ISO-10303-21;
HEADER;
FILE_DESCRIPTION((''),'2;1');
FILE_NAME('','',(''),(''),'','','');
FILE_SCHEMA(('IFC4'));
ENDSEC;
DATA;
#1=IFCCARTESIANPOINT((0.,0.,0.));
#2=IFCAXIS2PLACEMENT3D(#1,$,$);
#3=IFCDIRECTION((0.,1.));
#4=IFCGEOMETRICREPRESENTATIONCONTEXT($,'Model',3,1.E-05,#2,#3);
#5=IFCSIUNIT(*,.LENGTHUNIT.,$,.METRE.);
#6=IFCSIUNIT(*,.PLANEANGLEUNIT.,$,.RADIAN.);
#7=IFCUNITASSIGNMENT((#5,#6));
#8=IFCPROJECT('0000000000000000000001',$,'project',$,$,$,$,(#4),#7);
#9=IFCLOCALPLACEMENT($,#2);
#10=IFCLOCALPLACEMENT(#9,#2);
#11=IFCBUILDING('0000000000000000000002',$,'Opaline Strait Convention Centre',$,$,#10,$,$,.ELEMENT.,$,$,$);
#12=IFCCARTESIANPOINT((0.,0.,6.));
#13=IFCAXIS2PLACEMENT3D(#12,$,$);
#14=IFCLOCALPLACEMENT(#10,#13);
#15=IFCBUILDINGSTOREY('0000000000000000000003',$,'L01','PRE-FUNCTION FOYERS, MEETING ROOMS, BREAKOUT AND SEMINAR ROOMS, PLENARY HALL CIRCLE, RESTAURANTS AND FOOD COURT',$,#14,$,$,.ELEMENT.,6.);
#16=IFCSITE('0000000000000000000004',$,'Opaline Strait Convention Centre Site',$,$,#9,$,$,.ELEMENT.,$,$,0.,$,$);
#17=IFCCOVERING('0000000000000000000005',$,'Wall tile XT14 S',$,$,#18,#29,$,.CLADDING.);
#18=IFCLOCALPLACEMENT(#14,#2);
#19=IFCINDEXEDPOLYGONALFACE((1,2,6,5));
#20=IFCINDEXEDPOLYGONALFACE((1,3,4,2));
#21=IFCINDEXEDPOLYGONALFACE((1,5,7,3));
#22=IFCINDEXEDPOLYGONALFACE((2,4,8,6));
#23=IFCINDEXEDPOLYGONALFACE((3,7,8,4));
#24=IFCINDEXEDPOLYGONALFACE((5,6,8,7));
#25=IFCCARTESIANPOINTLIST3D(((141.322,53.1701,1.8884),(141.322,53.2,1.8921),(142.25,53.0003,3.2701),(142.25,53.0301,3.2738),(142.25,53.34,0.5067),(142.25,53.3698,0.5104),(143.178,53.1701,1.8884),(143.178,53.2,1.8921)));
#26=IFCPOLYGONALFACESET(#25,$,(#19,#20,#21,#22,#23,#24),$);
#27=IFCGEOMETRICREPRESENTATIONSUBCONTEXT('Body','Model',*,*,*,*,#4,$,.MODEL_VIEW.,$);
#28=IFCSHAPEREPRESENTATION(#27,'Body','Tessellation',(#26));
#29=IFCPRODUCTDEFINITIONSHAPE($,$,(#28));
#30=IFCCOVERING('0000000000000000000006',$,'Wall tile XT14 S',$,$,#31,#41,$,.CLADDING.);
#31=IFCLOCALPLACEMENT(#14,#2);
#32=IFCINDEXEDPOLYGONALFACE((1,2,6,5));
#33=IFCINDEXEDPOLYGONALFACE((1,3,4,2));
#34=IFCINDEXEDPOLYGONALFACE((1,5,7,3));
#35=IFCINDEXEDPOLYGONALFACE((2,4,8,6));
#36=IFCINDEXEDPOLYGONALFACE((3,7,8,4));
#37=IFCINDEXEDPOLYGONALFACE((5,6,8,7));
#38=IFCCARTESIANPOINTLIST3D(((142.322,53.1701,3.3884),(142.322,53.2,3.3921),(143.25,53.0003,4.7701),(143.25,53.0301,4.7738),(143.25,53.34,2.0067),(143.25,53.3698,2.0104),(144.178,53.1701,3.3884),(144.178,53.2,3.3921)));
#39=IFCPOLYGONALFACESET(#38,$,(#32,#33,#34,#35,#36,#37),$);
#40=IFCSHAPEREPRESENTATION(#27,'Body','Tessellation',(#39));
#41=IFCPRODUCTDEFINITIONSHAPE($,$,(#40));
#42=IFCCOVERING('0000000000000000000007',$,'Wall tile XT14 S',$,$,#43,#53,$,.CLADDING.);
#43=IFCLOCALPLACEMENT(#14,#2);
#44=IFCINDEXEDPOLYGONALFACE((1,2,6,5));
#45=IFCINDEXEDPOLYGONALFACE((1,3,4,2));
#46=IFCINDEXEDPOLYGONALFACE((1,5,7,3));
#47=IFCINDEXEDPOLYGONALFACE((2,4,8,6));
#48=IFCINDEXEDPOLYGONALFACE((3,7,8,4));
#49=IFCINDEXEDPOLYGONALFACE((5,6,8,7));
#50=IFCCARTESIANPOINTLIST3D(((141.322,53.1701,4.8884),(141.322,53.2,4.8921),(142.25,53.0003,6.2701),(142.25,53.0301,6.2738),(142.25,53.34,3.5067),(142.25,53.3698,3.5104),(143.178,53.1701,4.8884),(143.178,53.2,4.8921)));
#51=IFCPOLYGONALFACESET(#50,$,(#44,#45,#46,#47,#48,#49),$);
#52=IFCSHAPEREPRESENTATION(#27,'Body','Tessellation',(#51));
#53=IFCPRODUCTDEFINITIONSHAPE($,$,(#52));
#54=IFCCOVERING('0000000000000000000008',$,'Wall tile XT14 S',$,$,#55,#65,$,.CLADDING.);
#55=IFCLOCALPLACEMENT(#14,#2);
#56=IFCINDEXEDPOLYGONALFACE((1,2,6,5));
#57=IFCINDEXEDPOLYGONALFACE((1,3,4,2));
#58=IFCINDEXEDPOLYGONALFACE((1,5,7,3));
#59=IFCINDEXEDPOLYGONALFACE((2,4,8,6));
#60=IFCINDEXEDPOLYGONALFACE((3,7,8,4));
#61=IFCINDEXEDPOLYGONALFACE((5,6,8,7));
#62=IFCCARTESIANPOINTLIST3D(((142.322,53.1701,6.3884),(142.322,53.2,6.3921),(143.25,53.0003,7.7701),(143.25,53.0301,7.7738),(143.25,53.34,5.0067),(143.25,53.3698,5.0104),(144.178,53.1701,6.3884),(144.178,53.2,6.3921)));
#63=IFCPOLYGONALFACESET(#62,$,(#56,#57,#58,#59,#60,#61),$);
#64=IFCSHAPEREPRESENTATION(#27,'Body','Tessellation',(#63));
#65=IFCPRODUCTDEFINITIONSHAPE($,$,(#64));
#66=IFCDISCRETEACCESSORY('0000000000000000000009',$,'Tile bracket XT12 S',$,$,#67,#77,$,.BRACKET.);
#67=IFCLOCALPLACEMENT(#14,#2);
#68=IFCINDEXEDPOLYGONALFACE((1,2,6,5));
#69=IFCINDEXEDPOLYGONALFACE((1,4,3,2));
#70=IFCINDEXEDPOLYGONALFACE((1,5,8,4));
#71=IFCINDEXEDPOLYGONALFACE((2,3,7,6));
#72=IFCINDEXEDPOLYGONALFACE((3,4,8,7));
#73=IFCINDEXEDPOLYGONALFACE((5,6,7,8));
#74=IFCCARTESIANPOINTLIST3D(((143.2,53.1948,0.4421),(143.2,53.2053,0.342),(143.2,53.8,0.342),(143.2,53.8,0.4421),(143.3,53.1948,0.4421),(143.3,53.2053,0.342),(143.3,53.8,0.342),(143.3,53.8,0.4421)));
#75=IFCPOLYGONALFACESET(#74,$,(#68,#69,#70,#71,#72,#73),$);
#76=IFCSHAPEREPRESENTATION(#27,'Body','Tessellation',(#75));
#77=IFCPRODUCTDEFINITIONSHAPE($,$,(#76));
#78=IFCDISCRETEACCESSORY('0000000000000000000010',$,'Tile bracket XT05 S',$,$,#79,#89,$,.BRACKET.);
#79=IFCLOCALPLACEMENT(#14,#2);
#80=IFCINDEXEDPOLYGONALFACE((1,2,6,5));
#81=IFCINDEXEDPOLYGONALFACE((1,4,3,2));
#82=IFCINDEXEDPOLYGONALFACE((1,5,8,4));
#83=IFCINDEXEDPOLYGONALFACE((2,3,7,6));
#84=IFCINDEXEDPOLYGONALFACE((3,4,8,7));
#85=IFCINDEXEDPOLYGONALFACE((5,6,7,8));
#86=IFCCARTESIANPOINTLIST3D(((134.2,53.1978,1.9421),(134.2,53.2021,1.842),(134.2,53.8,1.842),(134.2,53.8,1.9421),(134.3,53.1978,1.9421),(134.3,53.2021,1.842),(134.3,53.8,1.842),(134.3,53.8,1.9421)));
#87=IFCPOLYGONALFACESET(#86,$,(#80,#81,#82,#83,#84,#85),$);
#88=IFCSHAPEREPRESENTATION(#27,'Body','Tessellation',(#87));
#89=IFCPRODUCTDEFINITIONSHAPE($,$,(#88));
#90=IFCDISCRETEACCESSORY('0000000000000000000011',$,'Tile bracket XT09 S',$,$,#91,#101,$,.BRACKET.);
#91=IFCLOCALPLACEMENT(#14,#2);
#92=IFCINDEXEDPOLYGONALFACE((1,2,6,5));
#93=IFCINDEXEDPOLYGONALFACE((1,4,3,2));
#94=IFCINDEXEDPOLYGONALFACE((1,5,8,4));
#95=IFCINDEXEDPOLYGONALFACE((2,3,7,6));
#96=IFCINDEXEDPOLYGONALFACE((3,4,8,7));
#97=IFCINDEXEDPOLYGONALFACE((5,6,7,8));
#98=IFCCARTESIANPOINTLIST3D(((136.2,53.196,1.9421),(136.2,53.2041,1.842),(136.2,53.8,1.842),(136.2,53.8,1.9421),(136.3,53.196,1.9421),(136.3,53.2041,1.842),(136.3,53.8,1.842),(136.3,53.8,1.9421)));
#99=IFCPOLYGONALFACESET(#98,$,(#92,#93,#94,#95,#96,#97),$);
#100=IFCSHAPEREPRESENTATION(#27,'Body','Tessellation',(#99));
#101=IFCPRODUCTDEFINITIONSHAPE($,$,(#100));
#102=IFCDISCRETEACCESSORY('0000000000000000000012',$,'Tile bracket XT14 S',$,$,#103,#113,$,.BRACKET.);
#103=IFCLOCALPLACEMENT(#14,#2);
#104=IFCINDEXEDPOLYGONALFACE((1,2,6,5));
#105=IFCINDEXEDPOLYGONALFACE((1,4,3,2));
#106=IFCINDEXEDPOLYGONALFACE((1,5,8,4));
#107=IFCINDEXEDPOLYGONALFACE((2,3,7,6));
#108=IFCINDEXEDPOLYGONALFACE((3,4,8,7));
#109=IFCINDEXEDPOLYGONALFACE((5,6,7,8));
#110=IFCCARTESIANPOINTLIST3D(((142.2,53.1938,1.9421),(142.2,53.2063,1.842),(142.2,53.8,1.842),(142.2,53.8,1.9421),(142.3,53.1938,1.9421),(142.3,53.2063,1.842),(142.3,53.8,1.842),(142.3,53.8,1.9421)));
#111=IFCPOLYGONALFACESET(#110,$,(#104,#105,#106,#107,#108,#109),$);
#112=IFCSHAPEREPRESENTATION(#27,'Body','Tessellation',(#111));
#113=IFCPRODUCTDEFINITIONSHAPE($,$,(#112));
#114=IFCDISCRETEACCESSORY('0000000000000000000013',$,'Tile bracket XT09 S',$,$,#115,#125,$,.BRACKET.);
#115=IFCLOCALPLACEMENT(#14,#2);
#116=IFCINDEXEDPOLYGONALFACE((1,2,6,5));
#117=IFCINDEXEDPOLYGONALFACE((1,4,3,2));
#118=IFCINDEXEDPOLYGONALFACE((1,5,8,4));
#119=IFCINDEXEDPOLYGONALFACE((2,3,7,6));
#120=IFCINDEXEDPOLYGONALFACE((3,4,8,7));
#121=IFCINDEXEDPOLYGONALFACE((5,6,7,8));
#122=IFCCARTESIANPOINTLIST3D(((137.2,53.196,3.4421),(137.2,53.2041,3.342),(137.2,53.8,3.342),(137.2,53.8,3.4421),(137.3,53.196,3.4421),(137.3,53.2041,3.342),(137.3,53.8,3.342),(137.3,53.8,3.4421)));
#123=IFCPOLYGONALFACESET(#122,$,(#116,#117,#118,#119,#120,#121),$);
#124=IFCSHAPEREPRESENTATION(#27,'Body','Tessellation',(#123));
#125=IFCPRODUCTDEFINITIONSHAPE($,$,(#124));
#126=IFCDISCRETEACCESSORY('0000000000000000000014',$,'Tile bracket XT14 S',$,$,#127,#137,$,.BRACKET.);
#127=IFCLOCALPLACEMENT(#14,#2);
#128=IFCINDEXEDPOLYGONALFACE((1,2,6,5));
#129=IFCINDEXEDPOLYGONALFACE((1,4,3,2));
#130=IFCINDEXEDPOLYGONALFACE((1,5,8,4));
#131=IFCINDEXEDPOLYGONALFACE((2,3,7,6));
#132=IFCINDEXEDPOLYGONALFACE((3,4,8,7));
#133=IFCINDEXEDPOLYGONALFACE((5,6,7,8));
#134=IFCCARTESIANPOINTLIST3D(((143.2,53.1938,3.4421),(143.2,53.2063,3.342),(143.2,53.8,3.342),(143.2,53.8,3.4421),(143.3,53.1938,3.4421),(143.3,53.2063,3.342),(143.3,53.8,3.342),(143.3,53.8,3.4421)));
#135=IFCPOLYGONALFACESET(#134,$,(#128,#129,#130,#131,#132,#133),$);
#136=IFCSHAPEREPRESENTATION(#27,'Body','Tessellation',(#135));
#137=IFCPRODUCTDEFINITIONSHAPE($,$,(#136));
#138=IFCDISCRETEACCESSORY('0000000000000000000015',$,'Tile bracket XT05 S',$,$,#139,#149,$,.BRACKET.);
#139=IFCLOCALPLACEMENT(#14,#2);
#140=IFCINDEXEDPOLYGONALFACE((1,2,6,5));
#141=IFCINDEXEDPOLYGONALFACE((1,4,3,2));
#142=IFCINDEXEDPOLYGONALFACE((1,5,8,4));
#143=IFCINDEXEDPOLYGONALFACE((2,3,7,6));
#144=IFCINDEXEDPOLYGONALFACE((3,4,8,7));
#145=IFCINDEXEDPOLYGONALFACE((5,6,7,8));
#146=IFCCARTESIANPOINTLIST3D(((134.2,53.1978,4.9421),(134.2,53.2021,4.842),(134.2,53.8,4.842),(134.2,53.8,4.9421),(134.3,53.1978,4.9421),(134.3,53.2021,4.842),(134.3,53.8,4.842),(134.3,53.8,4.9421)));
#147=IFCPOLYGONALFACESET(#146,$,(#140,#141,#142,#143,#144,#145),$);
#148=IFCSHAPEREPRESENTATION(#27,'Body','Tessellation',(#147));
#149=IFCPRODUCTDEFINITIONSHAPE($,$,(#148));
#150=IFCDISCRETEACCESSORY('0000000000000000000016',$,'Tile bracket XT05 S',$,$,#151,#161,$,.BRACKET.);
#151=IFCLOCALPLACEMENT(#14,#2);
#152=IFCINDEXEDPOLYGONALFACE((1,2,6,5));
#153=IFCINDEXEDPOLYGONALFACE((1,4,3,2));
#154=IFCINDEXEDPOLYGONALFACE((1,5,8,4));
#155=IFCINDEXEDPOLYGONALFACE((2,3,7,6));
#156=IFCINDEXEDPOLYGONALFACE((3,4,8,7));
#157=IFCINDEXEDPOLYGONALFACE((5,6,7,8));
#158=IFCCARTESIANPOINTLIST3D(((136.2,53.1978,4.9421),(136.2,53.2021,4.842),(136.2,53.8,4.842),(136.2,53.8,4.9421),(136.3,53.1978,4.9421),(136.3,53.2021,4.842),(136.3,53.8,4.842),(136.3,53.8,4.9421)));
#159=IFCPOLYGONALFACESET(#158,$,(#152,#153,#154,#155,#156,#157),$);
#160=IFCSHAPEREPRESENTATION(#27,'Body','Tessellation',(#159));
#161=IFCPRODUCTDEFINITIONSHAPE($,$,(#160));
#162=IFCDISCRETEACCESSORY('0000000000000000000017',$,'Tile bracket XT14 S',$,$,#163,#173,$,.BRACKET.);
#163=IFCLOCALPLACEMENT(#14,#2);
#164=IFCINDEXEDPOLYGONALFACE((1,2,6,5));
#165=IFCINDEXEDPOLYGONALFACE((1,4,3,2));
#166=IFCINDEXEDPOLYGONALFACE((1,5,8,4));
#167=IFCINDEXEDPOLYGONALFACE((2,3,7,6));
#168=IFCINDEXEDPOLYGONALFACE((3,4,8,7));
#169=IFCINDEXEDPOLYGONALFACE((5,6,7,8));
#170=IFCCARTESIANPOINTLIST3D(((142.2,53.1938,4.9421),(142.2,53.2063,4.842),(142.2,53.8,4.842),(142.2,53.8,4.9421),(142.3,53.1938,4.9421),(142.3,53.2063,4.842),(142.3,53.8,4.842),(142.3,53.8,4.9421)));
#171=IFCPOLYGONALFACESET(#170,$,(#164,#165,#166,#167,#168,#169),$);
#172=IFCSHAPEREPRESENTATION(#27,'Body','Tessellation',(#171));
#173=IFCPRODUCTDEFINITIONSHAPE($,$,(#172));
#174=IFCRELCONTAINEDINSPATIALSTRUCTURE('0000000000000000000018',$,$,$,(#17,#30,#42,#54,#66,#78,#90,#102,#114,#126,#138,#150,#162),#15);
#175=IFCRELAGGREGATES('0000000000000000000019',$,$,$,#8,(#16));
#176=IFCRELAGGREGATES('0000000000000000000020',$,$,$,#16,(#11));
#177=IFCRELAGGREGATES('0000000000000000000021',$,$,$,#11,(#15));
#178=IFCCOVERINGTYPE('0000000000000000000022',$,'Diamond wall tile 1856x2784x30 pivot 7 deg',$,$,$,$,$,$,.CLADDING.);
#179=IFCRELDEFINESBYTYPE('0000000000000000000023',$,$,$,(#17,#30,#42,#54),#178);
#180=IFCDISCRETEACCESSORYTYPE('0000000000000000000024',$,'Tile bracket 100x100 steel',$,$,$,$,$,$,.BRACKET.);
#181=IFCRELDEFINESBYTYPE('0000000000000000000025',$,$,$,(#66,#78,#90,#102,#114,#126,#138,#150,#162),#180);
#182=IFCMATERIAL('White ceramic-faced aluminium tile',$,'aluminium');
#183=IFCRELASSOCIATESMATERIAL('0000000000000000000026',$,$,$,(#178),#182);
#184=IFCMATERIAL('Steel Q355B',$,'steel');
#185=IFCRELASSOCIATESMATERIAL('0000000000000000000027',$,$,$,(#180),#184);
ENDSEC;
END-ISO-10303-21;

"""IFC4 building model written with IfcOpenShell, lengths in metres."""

from ifc_helpers import new_model, si_unit, direction, frame, origin, place, context, subcontext, project, spatial, polyline, outline, extrude, material, material_profile, profile_set, type_object, element, save


model = new_model("IFC4")

# Units and contexts
model_context = context("Model", 3, precision=1e-05, world=origin(), true_north=direction((0.0, 1.0)))
body_context = subcontext(model_context, "Body", "Model", "MODEL_VIEW")
ifc_project = project(units=[si_unit("LENGTHUNIT", "METRE"), si_unit("PLANEANGLEUNIT", "RADIAN")], contexts=[model_context])

# Site, building, storey
site_placement = place(None, origin())
site = spatial("IfcSite", under=ifc_project, at=site_placement, Name="Opaline Strait Convention Centre Site", CompositionType="ELEMENT", RefElevation=0.0)
building_placement = place(site_placement, origin())
building = spatial("IfcBuilding", under=site, at=building_placement, Name="Opaline Strait Convention Centre", CompositionType="ELEMENT")
storey_placement = place(building_placement, frame((0.0, 0.0, 6.0)))
storey = spatial("IfcBuildingStorey", under=building, at=storey_placement, Name="L01", Description="PRE-FUNCTION FOYERS, MEETING ROOMS, BREAKOUT AND SEMINAR ROOMS, PLENARY HALL CIRCLE, RESTAURANTS AND FOOD COURT", CompositionType="ELEMENT", Elevation=6.0)

# Shared definitions
ifc_material_1 = material(Name="Steel Q355B", Category="steel")

# Coverings
ifc_material_2 = material(Name="White ceramic-faced aluminium tile", Category="aluminium")
ifc_material_profile_1 = material_profile(ifc_material_2, outline(polyline([(0.928, 0.0), (0.0, 1.3921), (-0.928, 0.0), (0.0, -1.3921), (0.928, 0.0)])), Name="Diamond tile 1856x2784")
ifc_profile_set_1 = profile_set([ifc_material_profile_1], Name="White ceramic-faced aluminium tile")
covering_type_1 = type_object("IfcCoveringType", Name="Diamond wall tile 1856x2784x30 pivot 7 deg", PredefinedType="CLADDING", material=ifc_profile_set_1)
for number, where, z_axis, x_axis, name in (
    (1, (142.25, 53.2, 1.8921), (0.0, -0.992526, -0.122032), (1.0, 0.0, 0.0), "Wall tile XT14 S"),
    (2, (143.25, 53.2, 3.3921), (0.0, -0.992526, -0.122032), (1.0, 0.0, 0.0), "Wall tile XT14 S"),
    (3, (142.25, 53.2, 4.8921), (0.0, -0.992526, -0.122032), (1.0, 0.0, 0.0), "Wall tile XT14 S"),
    (4, (143.25, 53.2, 6.3921), (0.0, -0.992526, -0.122032), (1.0, 0.0, 0.0), "Wall tile XT14 S"),
):
    element("IfcCovering", number, at=place(storey_placement, frame(where, z_axis=z_axis, x_axis=x_axis)), inside=storey, type_object=covering_type_1, Name=name, PredefinedType="CLADDING", context=body_context, shape_type="SweptSolid", body=[
        extrude(outline(polyline([(0.928, 0.0), (0.0, 1.3921), (-0.928, 0.0), (0.0, -1.3921), (0.928, 0.0)])), origin(), (0.0, 0.0, 1.0), 0.03),
    ])

# Discrete accessories
discrete_accessory_type = type_object("IfcDiscreteAccessoryType", Name="Tile bracket 100x100 steel", PredefinedType="BRACKET", material=ifc_material_1)
discrete_accessory_1_placement = place(storey_placement, frame((143.2, 53.8, 0.3921), z_axis=(1.0, 0.0, 0.0), x_axis=(0.0, 1.0, 0.0)))
element("IfcDiscreteAccessory", 5, at=discrete_accessory_1_placement, inside=storey, type_object=discrete_accessory_type, Name="Tile bracket XT12 S", PredefinedType="BRACKET", context=body_context, shape_type="SweptSolid", body=[
    extrude(outline(polyline([(0.0, -0.05), (0.0, 0.05), (-0.6052, 0.05), (-0.5947, -0.05), (0.0, -0.05)])), origin(), (0.0, 0.0, 1.0), 0.1001),
])
discrete_accessory_2_placement = place(storey_placement, frame((134.2, 53.8, 1.8921), z_axis=(1.0, 0.0, 0.0), x_axis=(0.0, 1.0, 0.0)))
element("IfcDiscreteAccessory", 6, at=discrete_accessory_2_placement, inside=storey, type_object=discrete_accessory_type, Name="Tile bracket XT05 S", PredefinedType="BRACKET", context=body_context, shape_type="SweptSolid", body=[
    extrude(outline(polyline([(0.0, -0.05), (0.0, 0.05), (-0.6023, 0.05), (-0.5979, -0.05), (0.0, -0.05)])), origin(), (0.0, 0.0, 1.0), 0.1001),
])
discrete_accessory_3_placement = place(storey_placement, frame((136.2, 53.8, 1.8921), z_axis=(1.0, 0.0, 0.0), x_axis=(0.0, 1.0, 0.0)))
element("IfcDiscreteAccessory", 7, at=discrete_accessory_3_placement, inside=storey, type_object=discrete_accessory_type, Name="Tile bracket XT09 S", PredefinedType="BRACKET", context=body_context, shape_type="SweptSolid", body=[
    extrude(outline(polyline([(0.0, -0.05), (0.0, 0.05), (-0.604, 0.05), (-0.5959, -0.05), (0.0, -0.05)])), origin(), (0.0, 0.0, 1.0), 0.1001),
])
discrete_accessory_4_placement = place(storey_placement, frame((142.2, 53.8, 1.8921), z_axis=(1.0, 0.0, 0.0), x_axis=(0.0, 1.0, 0.0)))
element("IfcDiscreteAccessory", 8, at=discrete_accessory_4_placement, inside=storey, type_object=discrete_accessory_type, Name="Tile bracket XT14 S", PredefinedType="BRACKET", context=body_context, shape_type="SweptSolid", body=[
    extrude(outline(polyline([(0.0, -0.05), (0.0, 0.05), (-0.6062, 0.05), (-0.5938, -0.05), (0.0, -0.05)])), origin(), (0.0, 0.0, 1.0), 0.1001),
])
discrete_accessory_5_placement = place(storey_placement, frame((137.2, 53.8, 3.3921), z_axis=(1.0, 0.0, 0.0), x_axis=(0.0, 1.0, 0.0)))
element("IfcDiscreteAccessory", 9, at=discrete_accessory_5_placement, inside=storey, type_object=discrete_accessory_type, Name="Tile bracket XT09 S", PredefinedType="BRACKET", context=body_context, shape_type="SweptSolid", body=[
    extrude(outline(polyline([(0.0, -0.05), (0.0, 0.05), (-0.604, 0.05), (-0.5959, -0.05), (0.0, -0.05)])), origin(), (0.0, 0.0, 1.0), 0.1001),
])
discrete_accessory_6_placement = place(storey_placement, frame((143.2, 53.8, 3.3921), z_axis=(1.0, 0.0, 0.0), x_axis=(0.0, 1.0, 0.0)))
element("IfcDiscreteAccessory", 10, at=discrete_accessory_6_placement, inside=storey, type_object=discrete_accessory_type, Name="Tile bracket XT14 S", PredefinedType="BRACKET", context=body_context, shape_type="SweptSolid", body=[
    extrude(outline(polyline([(0.0, -0.05), (0.0, 0.05), (-0.6062, 0.05), (-0.5938, -0.05), (0.0, -0.05)])), origin(), (0.0, 0.0, 1.0), 0.1001),
])
for number, where, z_axis, x_axis, name in (
    (11, (134.2, 53.8, 4.8921), (1.0, 0.0, 0.0), (0.0, 1.0, 0.0), "Tile bracket XT05 S"),
    (12, (136.2, 53.8, 4.8921), (1.0, 0.0, 0.0), (0.0, 1.0, 0.0), "Tile bracket XT05 S"),
):
    element("IfcDiscreteAccessory", number, at=place(storey_placement, frame(where, z_axis=z_axis, x_axis=x_axis)), inside=storey, type_object=discrete_accessory_type, Name=name, PredefinedType="BRACKET", context=body_context, shape_type="SweptSolid", body=[
        extrude(outline(polyline([(0.0, -0.05), (0.0, 0.05), (-0.6023, 0.05), (-0.5979, -0.05), (0.0, -0.05)])), origin(), (0.0, 0.0, 1.0), 0.1001),
    ])
discrete_accessory_7_placement = place(storey_placement, frame((142.2, 53.8, 4.8921), z_axis=(1.0, 0.0, 0.0), x_axis=(0.0, 1.0, 0.0)))
element("IfcDiscreteAccessory", 13, at=discrete_accessory_7_placement, inside=storey, type_object=discrete_accessory_type, Name="Tile bracket XT14 S", PredefinedType="BRACKET", context=body_context, shape_type="SweptSolid", body=[
    extrude(outline(polyline([(0.0, -0.05), (0.0, 0.05), (-0.6062, 0.05), (-0.5938, -0.05), (0.0, -0.05)])), origin(), (0.0, 0.0, 1.0), 0.1001),
])

save(model, "model.ifc")
